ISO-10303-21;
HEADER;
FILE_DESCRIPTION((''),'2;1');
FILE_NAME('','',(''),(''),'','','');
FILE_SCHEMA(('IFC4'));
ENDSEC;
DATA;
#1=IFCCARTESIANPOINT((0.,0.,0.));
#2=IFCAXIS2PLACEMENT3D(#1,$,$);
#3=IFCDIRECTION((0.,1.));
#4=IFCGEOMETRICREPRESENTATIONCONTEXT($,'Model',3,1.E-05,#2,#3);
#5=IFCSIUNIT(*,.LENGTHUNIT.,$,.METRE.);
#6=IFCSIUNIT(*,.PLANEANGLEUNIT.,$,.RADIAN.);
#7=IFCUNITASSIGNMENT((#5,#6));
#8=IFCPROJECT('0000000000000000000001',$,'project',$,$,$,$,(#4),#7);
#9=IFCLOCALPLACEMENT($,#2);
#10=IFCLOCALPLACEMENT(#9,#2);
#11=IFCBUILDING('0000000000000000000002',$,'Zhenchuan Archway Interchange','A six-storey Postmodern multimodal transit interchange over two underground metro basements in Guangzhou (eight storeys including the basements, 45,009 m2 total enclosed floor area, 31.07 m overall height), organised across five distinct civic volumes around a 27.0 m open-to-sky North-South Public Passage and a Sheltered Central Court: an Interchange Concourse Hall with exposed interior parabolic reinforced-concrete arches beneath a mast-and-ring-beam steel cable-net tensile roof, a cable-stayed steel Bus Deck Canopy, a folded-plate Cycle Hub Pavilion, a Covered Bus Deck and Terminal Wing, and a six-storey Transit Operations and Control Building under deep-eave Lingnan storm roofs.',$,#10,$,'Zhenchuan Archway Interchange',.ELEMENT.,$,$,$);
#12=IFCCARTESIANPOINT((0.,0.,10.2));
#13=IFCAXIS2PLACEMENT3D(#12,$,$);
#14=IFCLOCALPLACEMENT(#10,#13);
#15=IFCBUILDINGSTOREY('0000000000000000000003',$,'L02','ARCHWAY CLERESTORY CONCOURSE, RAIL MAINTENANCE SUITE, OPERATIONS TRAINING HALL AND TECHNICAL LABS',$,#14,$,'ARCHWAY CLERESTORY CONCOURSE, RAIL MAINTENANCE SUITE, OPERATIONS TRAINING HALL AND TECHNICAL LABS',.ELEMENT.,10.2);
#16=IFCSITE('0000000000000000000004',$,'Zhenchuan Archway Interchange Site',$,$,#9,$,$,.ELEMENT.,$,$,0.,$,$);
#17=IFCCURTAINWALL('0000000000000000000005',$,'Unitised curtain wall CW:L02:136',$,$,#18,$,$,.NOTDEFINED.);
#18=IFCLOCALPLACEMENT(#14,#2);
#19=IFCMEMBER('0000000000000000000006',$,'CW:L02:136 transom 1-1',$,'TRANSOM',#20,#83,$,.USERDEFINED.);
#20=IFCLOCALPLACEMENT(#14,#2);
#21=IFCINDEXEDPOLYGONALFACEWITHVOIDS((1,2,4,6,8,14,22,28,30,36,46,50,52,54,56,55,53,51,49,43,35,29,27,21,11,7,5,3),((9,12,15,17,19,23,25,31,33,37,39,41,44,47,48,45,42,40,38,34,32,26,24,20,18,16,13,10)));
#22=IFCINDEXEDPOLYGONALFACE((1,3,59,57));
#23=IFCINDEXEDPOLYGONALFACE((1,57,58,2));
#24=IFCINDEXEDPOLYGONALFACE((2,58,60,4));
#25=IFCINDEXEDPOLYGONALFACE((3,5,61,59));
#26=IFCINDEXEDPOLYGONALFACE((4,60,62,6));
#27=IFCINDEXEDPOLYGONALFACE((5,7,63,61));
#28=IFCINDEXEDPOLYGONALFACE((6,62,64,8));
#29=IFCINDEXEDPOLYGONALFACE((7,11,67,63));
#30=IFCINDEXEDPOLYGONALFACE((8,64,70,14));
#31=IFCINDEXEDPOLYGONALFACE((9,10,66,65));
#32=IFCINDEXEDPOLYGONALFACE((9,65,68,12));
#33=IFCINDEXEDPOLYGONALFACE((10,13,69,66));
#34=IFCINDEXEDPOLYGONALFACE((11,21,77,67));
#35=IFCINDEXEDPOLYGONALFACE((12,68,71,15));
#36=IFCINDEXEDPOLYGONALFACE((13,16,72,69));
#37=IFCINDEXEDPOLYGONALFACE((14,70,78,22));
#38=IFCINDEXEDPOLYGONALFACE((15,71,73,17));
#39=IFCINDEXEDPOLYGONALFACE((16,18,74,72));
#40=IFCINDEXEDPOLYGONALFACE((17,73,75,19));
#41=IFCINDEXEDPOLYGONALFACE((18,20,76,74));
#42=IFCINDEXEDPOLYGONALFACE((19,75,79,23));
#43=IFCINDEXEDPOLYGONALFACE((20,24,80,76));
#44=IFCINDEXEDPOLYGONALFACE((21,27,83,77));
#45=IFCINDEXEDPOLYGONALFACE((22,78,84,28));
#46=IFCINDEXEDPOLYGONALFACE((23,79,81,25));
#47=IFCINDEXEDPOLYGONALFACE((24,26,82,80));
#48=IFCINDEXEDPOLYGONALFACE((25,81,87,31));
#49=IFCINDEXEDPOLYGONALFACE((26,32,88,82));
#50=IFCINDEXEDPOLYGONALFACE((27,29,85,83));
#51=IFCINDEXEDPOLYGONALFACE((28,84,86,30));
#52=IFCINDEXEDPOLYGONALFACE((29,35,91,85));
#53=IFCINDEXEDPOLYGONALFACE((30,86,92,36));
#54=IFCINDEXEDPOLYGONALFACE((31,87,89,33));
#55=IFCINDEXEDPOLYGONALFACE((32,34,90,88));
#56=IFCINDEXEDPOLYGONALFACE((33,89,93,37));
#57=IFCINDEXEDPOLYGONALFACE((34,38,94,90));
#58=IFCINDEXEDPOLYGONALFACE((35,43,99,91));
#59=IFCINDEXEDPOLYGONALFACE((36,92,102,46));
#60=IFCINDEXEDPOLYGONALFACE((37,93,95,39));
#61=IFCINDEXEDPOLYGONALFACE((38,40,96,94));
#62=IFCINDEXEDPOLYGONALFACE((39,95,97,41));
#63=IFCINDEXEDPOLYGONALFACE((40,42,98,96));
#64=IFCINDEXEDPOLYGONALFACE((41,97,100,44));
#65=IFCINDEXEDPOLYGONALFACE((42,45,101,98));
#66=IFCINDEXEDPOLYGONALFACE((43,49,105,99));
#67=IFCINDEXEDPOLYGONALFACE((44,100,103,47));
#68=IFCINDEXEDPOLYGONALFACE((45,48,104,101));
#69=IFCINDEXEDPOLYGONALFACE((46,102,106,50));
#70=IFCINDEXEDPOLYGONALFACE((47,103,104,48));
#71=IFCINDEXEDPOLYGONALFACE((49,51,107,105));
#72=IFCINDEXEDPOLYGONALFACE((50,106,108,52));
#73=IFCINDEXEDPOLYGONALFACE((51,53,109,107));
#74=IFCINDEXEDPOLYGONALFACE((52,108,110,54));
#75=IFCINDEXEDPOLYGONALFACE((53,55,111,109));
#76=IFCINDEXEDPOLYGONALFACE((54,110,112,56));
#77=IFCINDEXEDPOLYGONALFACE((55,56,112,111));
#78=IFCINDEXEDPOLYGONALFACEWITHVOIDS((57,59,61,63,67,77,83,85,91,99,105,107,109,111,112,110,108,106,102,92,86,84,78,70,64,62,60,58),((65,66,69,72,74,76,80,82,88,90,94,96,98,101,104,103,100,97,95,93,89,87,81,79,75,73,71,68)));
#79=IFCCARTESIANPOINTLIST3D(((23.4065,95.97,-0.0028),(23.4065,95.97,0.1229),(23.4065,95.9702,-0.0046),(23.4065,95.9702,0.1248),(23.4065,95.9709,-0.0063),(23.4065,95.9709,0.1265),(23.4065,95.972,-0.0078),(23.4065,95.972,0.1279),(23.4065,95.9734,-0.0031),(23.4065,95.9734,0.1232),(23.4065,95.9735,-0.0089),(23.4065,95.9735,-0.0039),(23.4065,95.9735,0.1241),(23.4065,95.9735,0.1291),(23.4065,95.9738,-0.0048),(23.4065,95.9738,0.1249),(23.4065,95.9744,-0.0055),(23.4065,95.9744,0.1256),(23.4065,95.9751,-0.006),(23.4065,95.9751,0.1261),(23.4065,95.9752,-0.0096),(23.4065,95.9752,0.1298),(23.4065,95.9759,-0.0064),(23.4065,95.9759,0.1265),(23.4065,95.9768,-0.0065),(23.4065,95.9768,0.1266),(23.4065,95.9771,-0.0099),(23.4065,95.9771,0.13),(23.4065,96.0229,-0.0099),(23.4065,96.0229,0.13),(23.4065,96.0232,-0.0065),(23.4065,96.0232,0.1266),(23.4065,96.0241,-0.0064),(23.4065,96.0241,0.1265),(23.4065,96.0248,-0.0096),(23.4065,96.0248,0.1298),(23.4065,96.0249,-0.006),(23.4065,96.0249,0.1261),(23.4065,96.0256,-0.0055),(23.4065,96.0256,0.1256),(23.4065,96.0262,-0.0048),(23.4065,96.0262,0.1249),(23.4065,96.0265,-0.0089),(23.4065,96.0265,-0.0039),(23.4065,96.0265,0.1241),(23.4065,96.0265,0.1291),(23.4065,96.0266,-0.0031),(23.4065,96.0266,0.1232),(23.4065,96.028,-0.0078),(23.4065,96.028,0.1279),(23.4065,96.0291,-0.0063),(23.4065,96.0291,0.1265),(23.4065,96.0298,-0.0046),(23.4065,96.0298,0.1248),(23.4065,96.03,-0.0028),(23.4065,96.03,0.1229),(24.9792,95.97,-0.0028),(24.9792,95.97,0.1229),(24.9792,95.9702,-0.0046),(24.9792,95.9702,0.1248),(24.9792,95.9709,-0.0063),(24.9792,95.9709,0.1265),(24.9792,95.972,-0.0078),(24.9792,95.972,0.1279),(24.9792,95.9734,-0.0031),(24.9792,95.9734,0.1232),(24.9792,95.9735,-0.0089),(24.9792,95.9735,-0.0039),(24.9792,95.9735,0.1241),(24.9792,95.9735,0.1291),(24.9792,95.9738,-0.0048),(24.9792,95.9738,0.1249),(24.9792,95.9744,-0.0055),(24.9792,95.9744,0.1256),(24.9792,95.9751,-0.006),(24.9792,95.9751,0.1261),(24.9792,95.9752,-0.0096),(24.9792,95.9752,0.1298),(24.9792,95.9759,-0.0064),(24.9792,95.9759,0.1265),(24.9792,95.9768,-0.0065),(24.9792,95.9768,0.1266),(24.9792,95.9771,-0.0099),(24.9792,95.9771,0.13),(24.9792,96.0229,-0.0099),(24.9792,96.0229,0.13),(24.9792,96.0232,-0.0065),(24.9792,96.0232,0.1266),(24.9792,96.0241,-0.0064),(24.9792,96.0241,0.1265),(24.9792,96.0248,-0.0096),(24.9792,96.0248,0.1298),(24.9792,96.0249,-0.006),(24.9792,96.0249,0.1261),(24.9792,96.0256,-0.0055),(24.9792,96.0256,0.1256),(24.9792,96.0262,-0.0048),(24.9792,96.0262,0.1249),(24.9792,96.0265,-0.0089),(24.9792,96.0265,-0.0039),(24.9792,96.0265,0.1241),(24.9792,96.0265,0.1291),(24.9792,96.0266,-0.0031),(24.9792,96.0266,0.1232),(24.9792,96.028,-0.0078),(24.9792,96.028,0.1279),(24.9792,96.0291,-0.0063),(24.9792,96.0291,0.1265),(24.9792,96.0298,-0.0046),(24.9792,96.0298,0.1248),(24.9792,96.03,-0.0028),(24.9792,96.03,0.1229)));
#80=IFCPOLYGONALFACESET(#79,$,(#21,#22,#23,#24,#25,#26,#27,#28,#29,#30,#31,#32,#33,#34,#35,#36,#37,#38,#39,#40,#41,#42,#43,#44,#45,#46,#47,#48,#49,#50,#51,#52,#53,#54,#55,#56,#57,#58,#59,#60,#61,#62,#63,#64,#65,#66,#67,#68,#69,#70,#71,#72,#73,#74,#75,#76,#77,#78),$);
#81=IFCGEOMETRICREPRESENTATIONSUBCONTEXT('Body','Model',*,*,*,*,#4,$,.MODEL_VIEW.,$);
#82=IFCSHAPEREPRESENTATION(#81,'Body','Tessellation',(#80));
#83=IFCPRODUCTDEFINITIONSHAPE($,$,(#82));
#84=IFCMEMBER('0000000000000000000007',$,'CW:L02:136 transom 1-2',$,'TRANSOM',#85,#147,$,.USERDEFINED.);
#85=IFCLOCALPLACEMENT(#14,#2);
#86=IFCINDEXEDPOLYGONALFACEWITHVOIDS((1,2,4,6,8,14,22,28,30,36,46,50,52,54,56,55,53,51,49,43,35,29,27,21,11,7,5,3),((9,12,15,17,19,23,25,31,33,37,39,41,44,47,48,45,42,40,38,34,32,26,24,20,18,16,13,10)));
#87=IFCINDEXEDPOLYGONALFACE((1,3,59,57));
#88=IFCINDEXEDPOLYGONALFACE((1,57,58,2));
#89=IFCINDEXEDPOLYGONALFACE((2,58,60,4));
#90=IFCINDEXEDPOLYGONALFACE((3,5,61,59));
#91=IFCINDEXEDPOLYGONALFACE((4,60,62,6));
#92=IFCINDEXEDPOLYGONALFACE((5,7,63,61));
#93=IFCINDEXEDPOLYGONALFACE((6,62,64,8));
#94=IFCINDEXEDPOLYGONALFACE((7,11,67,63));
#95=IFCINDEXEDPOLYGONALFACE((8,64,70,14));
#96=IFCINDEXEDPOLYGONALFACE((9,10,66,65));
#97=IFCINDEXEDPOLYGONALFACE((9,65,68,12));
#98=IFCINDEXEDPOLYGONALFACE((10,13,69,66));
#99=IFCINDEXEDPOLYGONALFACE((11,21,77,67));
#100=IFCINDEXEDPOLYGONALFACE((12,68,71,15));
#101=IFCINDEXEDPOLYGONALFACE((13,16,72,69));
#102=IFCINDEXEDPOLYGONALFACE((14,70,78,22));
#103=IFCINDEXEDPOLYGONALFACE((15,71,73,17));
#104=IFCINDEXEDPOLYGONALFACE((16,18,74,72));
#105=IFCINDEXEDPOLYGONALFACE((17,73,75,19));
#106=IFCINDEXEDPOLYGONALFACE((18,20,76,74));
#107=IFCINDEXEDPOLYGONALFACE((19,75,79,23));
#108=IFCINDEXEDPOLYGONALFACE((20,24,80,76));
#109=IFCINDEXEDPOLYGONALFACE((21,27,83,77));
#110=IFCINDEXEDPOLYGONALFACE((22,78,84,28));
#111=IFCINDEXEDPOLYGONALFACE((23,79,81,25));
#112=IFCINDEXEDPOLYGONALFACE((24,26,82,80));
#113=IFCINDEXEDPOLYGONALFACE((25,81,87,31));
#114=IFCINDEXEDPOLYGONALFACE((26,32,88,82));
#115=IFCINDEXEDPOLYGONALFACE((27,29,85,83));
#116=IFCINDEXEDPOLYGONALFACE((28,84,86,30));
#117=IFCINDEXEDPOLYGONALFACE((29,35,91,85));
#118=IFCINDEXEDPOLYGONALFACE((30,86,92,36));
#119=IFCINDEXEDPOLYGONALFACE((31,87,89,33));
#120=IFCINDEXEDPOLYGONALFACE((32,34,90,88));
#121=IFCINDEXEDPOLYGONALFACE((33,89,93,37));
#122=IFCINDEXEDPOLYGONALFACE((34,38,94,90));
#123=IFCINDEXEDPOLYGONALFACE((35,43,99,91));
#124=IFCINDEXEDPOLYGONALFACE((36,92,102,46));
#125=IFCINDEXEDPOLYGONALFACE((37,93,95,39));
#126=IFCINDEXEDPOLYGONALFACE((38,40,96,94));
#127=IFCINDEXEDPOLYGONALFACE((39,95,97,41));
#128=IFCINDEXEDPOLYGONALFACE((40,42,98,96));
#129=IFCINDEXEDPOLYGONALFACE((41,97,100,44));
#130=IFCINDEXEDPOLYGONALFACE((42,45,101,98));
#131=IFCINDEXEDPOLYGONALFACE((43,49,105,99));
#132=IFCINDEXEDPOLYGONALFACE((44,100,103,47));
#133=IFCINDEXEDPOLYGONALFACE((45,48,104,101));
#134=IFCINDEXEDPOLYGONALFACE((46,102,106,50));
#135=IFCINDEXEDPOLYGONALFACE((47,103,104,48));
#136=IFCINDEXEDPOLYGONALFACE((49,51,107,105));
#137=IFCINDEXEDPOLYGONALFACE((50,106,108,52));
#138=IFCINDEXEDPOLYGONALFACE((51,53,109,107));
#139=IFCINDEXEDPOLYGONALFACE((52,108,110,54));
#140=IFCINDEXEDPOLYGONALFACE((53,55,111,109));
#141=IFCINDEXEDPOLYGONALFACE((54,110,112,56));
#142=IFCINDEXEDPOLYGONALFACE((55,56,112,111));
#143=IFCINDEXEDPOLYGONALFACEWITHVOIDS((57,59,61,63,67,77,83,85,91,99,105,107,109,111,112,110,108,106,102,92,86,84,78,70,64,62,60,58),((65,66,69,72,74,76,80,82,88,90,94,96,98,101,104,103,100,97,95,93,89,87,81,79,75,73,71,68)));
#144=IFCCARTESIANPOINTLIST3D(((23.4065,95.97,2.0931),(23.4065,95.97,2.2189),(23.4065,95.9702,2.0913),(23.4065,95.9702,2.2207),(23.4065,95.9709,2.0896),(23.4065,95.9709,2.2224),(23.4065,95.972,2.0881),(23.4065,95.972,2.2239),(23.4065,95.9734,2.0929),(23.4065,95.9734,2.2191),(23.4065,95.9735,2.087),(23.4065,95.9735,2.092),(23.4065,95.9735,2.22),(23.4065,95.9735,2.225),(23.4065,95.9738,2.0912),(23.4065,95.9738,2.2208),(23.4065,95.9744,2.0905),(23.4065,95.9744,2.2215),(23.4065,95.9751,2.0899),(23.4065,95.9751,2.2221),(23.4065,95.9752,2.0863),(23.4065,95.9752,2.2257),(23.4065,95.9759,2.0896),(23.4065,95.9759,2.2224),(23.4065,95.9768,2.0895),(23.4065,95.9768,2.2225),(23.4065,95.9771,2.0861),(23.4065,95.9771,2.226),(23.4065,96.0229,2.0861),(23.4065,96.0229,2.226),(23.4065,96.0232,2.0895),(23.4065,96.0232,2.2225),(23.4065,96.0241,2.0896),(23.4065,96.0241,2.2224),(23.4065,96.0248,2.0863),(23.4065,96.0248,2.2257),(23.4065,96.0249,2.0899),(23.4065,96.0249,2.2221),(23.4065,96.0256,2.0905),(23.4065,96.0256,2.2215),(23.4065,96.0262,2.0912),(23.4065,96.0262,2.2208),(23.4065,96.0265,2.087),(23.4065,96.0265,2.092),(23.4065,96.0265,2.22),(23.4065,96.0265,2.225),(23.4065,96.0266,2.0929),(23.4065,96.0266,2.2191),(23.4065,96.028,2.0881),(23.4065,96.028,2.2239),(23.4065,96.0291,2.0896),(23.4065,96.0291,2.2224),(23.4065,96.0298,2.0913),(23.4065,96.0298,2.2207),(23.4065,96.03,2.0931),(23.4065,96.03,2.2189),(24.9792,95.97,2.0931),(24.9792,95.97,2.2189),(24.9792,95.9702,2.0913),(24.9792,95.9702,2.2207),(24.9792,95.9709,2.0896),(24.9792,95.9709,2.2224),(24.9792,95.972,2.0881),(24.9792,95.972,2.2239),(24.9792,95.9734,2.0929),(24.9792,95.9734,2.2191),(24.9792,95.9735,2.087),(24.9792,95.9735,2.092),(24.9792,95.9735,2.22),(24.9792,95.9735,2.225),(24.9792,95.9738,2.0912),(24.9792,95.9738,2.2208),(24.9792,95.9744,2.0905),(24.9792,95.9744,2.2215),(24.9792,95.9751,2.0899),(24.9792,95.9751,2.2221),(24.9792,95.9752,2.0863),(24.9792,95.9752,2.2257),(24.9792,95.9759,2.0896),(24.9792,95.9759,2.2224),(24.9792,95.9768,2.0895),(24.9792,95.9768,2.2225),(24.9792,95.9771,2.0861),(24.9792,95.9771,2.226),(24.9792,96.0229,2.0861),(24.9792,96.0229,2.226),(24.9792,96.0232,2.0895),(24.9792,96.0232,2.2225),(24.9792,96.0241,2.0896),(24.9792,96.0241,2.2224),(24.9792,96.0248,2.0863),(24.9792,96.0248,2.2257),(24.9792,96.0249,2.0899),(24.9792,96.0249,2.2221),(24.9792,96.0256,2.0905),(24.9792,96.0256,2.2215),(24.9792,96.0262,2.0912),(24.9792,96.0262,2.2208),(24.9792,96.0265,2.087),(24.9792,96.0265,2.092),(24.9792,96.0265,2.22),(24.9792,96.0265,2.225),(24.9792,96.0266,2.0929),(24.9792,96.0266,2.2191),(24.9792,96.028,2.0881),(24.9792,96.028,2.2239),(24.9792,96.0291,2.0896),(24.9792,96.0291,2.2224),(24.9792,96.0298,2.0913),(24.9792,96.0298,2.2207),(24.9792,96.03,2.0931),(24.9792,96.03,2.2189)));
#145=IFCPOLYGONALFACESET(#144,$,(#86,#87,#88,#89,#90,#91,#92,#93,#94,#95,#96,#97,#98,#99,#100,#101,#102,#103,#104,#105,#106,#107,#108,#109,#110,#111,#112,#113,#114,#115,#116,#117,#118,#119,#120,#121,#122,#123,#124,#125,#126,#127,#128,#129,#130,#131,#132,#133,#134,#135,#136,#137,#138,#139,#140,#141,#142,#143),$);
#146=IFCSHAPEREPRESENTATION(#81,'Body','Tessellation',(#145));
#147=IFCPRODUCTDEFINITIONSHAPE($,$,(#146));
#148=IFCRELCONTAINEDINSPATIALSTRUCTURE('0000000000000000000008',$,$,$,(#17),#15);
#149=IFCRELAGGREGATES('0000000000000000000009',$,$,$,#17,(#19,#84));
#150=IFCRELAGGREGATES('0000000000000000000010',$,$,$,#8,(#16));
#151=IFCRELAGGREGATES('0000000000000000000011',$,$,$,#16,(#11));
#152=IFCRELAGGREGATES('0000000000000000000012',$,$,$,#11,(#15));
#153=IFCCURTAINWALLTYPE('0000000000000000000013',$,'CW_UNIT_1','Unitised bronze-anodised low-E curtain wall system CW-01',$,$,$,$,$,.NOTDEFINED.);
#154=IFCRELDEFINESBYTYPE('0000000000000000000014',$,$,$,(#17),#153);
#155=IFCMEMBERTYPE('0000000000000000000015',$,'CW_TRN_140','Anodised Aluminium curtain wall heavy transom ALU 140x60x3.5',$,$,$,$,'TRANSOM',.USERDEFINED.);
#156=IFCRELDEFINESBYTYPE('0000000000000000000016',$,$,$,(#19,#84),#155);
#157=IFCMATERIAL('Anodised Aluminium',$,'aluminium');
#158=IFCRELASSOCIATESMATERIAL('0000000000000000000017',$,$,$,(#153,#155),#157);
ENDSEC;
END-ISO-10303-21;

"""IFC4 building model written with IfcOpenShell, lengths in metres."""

from ifc_helpers import new_model, si_unit, direction, frame, origin, origin_2d, place, context, subcontext, project, spatial, hollow_rectangle, extrude, material, material_profile, profile_set, type_object, element, aggregate, save


model = new_model("IFC4")

# Units and contexts
model_context = context("Model", 3, precision=1e-05, world=origin(), true_north=direction((0.0, 1.0)))
body_context = subcontext(model_context, "Body", "Model", "MODEL_VIEW")
ifc_project = project(units=[si_unit("LENGTHUNIT", "METRE"), si_unit("PLANEANGLEUNIT", "RADIAN")], contexts=[model_context])

# Site, building, storey
site_placement = place(None, origin())
site = spatial("IfcSite", under=ifc_project, at=site_placement, Name="Zhenchuan Archway Interchange Site", CompositionType="ELEMENT", RefElevation=0.0)
building_placement = place(site_placement, origin())
building = spatial("IfcBuilding", under=site, at=building_placement, Name="Zhenchuan Archway Interchange", Description="A six-storey Postmodern multimodal transit interchange over two underground metro basements in Guangzhou (eight storeys including the basements, 45,009 m2 total enclosed floor area, 31.07 m overall height), organised across five distinct civic volumes around a 27.0 m open-to-sky North-South Public Passage and a Sheltered Central Court: an Interchange Concourse Hall with exposed interior parabolic reinforced-concrete arches beneath a mast-and-ring-beam steel cable-net tensile roof, a cable-stayed steel Bus Deck Canopy, a folded-plate Cycle Hub Pavilion, a Covered Bus Deck and Terminal Wing, and a six-storey Transit Operations and Control Building under deep-eave Lingnan storm roofs.", LongName="Zhenchuan Archway Interchange", CompositionType="ELEMENT")
storey_placement = place(building_placement, frame((0.0, 0.0, 10.2)))
storey = spatial("IfcBuildingStorey", under=building, at=storey_placement, Name="L02", Description="ARCHWAY CLERESTORY CONCOURSE, RAIL MAINTENANCE SUITE, OPERATIONS TRAINING HALL AND TECHNICAL LABS", LongName="ARCHWAY CLERESTORY CONCOURSE, RAIL MAINTENANCE SUITE, OPERATIONS TRAINING HALL AND TECHNICAL LABS", CompositionType="ELEMENT", Elevation=10.2)

# Curtain wall
ifc_material_1 = material(Name="Anodised Aluminium", Category="aluminium")
curtain_wall_type_1 = type_object("IfcCurtainWallType", Name="CW_UNIT_1", Description="Unitised bronze-anodised low-E curtain wall system CW-01", PredefinedType="NOTDEFINED", material=ifc_material_1)
curtain_wall_1_placement = place(storey_placement, origin())
curtain_wall_1 = element("IfcCurtainWall", 1, at=curtain_wall_1_placement, inside=storey, type_object=curtain_wall_type_1, Name="Unitised curtain wall CW:L02:136", PredefinedType="NOTDEFINED")

# Members
ifc_material_profile_1 = material_profile(ifc_material_1, hollow_rectangle(XDim=0.0601, YDim=0.1399, WallThickness=0.0034, InnerFilletRadius=0.0034, OuterFilletRadius=0.0071, at=origin_2d()), Name="ALU 140x60x3.5")
ifc_profile_set_1 = profile_set([ifc_material_profile_1], Name="Anodised Aluminium")
member_type_1 = type_object("IfcMemberType", Name="CW_TRN_140", Description="Anodised Aluminium curtain wall heavy transom ALU 140x60x3.5", ElementType="TRANSOM", PredefinedType="USERDEFINED", material=ifc_profile_set_1)
member_1_placement = place(storey_placement, frame((24.9792, 96.0, 0.0601), z_axis=(-1.0, 0.0, 0.0), x_axis=(0.0, -1.0, 0.0)))
member_1 = element("IfcMember", 2, at=member_1_placement, type_object=member_type_1, Name="CW:L02:136 transom 1-1", ObjectType="TRANSOM", PredefinedType="USERDEFINED", context=body_context, shape_type="SweptSolid", body=[
    extrude(hollow_rectangle(XDim=0.0601, YDim=0.1399, WallThickness=0.0034, InnerFilletRadius=0.0034, OuterFilletRadius=0.0071, at=origin_2d()), origin(), (0.0, 0.0, 1.0), 1.5728),
])
member_2_placement = place(storey_placement, frame((24.9792, 96.0, 2.156), z_axis=(-1.0, 0.0, 0.0), x_axis=(0.0, -1.0, 0.0)))
member_2 = element("IfcMember", 3, at=member_2_placement, type_object=member_type_1, Name="CW:L02:136 transom 1-2", ObjectType="TRANSOM", PredefinedType="USERDEFINED", context=body_context, shape_type="SweptSolid", body=[
    extrude(hollow_rectangle(XDim=0.0601, YDim=0.1399, WallThickness=0.0034, InnerFilletRadius=0.0034, OuterFilletRadius=0.0071, at=origin_2d()), origin(), (0.0, 0.0, 1.0), 1.5728),
])

aggregate(curtain_wall_1, [member_1, member_2])

save(model, "model.ifc")
